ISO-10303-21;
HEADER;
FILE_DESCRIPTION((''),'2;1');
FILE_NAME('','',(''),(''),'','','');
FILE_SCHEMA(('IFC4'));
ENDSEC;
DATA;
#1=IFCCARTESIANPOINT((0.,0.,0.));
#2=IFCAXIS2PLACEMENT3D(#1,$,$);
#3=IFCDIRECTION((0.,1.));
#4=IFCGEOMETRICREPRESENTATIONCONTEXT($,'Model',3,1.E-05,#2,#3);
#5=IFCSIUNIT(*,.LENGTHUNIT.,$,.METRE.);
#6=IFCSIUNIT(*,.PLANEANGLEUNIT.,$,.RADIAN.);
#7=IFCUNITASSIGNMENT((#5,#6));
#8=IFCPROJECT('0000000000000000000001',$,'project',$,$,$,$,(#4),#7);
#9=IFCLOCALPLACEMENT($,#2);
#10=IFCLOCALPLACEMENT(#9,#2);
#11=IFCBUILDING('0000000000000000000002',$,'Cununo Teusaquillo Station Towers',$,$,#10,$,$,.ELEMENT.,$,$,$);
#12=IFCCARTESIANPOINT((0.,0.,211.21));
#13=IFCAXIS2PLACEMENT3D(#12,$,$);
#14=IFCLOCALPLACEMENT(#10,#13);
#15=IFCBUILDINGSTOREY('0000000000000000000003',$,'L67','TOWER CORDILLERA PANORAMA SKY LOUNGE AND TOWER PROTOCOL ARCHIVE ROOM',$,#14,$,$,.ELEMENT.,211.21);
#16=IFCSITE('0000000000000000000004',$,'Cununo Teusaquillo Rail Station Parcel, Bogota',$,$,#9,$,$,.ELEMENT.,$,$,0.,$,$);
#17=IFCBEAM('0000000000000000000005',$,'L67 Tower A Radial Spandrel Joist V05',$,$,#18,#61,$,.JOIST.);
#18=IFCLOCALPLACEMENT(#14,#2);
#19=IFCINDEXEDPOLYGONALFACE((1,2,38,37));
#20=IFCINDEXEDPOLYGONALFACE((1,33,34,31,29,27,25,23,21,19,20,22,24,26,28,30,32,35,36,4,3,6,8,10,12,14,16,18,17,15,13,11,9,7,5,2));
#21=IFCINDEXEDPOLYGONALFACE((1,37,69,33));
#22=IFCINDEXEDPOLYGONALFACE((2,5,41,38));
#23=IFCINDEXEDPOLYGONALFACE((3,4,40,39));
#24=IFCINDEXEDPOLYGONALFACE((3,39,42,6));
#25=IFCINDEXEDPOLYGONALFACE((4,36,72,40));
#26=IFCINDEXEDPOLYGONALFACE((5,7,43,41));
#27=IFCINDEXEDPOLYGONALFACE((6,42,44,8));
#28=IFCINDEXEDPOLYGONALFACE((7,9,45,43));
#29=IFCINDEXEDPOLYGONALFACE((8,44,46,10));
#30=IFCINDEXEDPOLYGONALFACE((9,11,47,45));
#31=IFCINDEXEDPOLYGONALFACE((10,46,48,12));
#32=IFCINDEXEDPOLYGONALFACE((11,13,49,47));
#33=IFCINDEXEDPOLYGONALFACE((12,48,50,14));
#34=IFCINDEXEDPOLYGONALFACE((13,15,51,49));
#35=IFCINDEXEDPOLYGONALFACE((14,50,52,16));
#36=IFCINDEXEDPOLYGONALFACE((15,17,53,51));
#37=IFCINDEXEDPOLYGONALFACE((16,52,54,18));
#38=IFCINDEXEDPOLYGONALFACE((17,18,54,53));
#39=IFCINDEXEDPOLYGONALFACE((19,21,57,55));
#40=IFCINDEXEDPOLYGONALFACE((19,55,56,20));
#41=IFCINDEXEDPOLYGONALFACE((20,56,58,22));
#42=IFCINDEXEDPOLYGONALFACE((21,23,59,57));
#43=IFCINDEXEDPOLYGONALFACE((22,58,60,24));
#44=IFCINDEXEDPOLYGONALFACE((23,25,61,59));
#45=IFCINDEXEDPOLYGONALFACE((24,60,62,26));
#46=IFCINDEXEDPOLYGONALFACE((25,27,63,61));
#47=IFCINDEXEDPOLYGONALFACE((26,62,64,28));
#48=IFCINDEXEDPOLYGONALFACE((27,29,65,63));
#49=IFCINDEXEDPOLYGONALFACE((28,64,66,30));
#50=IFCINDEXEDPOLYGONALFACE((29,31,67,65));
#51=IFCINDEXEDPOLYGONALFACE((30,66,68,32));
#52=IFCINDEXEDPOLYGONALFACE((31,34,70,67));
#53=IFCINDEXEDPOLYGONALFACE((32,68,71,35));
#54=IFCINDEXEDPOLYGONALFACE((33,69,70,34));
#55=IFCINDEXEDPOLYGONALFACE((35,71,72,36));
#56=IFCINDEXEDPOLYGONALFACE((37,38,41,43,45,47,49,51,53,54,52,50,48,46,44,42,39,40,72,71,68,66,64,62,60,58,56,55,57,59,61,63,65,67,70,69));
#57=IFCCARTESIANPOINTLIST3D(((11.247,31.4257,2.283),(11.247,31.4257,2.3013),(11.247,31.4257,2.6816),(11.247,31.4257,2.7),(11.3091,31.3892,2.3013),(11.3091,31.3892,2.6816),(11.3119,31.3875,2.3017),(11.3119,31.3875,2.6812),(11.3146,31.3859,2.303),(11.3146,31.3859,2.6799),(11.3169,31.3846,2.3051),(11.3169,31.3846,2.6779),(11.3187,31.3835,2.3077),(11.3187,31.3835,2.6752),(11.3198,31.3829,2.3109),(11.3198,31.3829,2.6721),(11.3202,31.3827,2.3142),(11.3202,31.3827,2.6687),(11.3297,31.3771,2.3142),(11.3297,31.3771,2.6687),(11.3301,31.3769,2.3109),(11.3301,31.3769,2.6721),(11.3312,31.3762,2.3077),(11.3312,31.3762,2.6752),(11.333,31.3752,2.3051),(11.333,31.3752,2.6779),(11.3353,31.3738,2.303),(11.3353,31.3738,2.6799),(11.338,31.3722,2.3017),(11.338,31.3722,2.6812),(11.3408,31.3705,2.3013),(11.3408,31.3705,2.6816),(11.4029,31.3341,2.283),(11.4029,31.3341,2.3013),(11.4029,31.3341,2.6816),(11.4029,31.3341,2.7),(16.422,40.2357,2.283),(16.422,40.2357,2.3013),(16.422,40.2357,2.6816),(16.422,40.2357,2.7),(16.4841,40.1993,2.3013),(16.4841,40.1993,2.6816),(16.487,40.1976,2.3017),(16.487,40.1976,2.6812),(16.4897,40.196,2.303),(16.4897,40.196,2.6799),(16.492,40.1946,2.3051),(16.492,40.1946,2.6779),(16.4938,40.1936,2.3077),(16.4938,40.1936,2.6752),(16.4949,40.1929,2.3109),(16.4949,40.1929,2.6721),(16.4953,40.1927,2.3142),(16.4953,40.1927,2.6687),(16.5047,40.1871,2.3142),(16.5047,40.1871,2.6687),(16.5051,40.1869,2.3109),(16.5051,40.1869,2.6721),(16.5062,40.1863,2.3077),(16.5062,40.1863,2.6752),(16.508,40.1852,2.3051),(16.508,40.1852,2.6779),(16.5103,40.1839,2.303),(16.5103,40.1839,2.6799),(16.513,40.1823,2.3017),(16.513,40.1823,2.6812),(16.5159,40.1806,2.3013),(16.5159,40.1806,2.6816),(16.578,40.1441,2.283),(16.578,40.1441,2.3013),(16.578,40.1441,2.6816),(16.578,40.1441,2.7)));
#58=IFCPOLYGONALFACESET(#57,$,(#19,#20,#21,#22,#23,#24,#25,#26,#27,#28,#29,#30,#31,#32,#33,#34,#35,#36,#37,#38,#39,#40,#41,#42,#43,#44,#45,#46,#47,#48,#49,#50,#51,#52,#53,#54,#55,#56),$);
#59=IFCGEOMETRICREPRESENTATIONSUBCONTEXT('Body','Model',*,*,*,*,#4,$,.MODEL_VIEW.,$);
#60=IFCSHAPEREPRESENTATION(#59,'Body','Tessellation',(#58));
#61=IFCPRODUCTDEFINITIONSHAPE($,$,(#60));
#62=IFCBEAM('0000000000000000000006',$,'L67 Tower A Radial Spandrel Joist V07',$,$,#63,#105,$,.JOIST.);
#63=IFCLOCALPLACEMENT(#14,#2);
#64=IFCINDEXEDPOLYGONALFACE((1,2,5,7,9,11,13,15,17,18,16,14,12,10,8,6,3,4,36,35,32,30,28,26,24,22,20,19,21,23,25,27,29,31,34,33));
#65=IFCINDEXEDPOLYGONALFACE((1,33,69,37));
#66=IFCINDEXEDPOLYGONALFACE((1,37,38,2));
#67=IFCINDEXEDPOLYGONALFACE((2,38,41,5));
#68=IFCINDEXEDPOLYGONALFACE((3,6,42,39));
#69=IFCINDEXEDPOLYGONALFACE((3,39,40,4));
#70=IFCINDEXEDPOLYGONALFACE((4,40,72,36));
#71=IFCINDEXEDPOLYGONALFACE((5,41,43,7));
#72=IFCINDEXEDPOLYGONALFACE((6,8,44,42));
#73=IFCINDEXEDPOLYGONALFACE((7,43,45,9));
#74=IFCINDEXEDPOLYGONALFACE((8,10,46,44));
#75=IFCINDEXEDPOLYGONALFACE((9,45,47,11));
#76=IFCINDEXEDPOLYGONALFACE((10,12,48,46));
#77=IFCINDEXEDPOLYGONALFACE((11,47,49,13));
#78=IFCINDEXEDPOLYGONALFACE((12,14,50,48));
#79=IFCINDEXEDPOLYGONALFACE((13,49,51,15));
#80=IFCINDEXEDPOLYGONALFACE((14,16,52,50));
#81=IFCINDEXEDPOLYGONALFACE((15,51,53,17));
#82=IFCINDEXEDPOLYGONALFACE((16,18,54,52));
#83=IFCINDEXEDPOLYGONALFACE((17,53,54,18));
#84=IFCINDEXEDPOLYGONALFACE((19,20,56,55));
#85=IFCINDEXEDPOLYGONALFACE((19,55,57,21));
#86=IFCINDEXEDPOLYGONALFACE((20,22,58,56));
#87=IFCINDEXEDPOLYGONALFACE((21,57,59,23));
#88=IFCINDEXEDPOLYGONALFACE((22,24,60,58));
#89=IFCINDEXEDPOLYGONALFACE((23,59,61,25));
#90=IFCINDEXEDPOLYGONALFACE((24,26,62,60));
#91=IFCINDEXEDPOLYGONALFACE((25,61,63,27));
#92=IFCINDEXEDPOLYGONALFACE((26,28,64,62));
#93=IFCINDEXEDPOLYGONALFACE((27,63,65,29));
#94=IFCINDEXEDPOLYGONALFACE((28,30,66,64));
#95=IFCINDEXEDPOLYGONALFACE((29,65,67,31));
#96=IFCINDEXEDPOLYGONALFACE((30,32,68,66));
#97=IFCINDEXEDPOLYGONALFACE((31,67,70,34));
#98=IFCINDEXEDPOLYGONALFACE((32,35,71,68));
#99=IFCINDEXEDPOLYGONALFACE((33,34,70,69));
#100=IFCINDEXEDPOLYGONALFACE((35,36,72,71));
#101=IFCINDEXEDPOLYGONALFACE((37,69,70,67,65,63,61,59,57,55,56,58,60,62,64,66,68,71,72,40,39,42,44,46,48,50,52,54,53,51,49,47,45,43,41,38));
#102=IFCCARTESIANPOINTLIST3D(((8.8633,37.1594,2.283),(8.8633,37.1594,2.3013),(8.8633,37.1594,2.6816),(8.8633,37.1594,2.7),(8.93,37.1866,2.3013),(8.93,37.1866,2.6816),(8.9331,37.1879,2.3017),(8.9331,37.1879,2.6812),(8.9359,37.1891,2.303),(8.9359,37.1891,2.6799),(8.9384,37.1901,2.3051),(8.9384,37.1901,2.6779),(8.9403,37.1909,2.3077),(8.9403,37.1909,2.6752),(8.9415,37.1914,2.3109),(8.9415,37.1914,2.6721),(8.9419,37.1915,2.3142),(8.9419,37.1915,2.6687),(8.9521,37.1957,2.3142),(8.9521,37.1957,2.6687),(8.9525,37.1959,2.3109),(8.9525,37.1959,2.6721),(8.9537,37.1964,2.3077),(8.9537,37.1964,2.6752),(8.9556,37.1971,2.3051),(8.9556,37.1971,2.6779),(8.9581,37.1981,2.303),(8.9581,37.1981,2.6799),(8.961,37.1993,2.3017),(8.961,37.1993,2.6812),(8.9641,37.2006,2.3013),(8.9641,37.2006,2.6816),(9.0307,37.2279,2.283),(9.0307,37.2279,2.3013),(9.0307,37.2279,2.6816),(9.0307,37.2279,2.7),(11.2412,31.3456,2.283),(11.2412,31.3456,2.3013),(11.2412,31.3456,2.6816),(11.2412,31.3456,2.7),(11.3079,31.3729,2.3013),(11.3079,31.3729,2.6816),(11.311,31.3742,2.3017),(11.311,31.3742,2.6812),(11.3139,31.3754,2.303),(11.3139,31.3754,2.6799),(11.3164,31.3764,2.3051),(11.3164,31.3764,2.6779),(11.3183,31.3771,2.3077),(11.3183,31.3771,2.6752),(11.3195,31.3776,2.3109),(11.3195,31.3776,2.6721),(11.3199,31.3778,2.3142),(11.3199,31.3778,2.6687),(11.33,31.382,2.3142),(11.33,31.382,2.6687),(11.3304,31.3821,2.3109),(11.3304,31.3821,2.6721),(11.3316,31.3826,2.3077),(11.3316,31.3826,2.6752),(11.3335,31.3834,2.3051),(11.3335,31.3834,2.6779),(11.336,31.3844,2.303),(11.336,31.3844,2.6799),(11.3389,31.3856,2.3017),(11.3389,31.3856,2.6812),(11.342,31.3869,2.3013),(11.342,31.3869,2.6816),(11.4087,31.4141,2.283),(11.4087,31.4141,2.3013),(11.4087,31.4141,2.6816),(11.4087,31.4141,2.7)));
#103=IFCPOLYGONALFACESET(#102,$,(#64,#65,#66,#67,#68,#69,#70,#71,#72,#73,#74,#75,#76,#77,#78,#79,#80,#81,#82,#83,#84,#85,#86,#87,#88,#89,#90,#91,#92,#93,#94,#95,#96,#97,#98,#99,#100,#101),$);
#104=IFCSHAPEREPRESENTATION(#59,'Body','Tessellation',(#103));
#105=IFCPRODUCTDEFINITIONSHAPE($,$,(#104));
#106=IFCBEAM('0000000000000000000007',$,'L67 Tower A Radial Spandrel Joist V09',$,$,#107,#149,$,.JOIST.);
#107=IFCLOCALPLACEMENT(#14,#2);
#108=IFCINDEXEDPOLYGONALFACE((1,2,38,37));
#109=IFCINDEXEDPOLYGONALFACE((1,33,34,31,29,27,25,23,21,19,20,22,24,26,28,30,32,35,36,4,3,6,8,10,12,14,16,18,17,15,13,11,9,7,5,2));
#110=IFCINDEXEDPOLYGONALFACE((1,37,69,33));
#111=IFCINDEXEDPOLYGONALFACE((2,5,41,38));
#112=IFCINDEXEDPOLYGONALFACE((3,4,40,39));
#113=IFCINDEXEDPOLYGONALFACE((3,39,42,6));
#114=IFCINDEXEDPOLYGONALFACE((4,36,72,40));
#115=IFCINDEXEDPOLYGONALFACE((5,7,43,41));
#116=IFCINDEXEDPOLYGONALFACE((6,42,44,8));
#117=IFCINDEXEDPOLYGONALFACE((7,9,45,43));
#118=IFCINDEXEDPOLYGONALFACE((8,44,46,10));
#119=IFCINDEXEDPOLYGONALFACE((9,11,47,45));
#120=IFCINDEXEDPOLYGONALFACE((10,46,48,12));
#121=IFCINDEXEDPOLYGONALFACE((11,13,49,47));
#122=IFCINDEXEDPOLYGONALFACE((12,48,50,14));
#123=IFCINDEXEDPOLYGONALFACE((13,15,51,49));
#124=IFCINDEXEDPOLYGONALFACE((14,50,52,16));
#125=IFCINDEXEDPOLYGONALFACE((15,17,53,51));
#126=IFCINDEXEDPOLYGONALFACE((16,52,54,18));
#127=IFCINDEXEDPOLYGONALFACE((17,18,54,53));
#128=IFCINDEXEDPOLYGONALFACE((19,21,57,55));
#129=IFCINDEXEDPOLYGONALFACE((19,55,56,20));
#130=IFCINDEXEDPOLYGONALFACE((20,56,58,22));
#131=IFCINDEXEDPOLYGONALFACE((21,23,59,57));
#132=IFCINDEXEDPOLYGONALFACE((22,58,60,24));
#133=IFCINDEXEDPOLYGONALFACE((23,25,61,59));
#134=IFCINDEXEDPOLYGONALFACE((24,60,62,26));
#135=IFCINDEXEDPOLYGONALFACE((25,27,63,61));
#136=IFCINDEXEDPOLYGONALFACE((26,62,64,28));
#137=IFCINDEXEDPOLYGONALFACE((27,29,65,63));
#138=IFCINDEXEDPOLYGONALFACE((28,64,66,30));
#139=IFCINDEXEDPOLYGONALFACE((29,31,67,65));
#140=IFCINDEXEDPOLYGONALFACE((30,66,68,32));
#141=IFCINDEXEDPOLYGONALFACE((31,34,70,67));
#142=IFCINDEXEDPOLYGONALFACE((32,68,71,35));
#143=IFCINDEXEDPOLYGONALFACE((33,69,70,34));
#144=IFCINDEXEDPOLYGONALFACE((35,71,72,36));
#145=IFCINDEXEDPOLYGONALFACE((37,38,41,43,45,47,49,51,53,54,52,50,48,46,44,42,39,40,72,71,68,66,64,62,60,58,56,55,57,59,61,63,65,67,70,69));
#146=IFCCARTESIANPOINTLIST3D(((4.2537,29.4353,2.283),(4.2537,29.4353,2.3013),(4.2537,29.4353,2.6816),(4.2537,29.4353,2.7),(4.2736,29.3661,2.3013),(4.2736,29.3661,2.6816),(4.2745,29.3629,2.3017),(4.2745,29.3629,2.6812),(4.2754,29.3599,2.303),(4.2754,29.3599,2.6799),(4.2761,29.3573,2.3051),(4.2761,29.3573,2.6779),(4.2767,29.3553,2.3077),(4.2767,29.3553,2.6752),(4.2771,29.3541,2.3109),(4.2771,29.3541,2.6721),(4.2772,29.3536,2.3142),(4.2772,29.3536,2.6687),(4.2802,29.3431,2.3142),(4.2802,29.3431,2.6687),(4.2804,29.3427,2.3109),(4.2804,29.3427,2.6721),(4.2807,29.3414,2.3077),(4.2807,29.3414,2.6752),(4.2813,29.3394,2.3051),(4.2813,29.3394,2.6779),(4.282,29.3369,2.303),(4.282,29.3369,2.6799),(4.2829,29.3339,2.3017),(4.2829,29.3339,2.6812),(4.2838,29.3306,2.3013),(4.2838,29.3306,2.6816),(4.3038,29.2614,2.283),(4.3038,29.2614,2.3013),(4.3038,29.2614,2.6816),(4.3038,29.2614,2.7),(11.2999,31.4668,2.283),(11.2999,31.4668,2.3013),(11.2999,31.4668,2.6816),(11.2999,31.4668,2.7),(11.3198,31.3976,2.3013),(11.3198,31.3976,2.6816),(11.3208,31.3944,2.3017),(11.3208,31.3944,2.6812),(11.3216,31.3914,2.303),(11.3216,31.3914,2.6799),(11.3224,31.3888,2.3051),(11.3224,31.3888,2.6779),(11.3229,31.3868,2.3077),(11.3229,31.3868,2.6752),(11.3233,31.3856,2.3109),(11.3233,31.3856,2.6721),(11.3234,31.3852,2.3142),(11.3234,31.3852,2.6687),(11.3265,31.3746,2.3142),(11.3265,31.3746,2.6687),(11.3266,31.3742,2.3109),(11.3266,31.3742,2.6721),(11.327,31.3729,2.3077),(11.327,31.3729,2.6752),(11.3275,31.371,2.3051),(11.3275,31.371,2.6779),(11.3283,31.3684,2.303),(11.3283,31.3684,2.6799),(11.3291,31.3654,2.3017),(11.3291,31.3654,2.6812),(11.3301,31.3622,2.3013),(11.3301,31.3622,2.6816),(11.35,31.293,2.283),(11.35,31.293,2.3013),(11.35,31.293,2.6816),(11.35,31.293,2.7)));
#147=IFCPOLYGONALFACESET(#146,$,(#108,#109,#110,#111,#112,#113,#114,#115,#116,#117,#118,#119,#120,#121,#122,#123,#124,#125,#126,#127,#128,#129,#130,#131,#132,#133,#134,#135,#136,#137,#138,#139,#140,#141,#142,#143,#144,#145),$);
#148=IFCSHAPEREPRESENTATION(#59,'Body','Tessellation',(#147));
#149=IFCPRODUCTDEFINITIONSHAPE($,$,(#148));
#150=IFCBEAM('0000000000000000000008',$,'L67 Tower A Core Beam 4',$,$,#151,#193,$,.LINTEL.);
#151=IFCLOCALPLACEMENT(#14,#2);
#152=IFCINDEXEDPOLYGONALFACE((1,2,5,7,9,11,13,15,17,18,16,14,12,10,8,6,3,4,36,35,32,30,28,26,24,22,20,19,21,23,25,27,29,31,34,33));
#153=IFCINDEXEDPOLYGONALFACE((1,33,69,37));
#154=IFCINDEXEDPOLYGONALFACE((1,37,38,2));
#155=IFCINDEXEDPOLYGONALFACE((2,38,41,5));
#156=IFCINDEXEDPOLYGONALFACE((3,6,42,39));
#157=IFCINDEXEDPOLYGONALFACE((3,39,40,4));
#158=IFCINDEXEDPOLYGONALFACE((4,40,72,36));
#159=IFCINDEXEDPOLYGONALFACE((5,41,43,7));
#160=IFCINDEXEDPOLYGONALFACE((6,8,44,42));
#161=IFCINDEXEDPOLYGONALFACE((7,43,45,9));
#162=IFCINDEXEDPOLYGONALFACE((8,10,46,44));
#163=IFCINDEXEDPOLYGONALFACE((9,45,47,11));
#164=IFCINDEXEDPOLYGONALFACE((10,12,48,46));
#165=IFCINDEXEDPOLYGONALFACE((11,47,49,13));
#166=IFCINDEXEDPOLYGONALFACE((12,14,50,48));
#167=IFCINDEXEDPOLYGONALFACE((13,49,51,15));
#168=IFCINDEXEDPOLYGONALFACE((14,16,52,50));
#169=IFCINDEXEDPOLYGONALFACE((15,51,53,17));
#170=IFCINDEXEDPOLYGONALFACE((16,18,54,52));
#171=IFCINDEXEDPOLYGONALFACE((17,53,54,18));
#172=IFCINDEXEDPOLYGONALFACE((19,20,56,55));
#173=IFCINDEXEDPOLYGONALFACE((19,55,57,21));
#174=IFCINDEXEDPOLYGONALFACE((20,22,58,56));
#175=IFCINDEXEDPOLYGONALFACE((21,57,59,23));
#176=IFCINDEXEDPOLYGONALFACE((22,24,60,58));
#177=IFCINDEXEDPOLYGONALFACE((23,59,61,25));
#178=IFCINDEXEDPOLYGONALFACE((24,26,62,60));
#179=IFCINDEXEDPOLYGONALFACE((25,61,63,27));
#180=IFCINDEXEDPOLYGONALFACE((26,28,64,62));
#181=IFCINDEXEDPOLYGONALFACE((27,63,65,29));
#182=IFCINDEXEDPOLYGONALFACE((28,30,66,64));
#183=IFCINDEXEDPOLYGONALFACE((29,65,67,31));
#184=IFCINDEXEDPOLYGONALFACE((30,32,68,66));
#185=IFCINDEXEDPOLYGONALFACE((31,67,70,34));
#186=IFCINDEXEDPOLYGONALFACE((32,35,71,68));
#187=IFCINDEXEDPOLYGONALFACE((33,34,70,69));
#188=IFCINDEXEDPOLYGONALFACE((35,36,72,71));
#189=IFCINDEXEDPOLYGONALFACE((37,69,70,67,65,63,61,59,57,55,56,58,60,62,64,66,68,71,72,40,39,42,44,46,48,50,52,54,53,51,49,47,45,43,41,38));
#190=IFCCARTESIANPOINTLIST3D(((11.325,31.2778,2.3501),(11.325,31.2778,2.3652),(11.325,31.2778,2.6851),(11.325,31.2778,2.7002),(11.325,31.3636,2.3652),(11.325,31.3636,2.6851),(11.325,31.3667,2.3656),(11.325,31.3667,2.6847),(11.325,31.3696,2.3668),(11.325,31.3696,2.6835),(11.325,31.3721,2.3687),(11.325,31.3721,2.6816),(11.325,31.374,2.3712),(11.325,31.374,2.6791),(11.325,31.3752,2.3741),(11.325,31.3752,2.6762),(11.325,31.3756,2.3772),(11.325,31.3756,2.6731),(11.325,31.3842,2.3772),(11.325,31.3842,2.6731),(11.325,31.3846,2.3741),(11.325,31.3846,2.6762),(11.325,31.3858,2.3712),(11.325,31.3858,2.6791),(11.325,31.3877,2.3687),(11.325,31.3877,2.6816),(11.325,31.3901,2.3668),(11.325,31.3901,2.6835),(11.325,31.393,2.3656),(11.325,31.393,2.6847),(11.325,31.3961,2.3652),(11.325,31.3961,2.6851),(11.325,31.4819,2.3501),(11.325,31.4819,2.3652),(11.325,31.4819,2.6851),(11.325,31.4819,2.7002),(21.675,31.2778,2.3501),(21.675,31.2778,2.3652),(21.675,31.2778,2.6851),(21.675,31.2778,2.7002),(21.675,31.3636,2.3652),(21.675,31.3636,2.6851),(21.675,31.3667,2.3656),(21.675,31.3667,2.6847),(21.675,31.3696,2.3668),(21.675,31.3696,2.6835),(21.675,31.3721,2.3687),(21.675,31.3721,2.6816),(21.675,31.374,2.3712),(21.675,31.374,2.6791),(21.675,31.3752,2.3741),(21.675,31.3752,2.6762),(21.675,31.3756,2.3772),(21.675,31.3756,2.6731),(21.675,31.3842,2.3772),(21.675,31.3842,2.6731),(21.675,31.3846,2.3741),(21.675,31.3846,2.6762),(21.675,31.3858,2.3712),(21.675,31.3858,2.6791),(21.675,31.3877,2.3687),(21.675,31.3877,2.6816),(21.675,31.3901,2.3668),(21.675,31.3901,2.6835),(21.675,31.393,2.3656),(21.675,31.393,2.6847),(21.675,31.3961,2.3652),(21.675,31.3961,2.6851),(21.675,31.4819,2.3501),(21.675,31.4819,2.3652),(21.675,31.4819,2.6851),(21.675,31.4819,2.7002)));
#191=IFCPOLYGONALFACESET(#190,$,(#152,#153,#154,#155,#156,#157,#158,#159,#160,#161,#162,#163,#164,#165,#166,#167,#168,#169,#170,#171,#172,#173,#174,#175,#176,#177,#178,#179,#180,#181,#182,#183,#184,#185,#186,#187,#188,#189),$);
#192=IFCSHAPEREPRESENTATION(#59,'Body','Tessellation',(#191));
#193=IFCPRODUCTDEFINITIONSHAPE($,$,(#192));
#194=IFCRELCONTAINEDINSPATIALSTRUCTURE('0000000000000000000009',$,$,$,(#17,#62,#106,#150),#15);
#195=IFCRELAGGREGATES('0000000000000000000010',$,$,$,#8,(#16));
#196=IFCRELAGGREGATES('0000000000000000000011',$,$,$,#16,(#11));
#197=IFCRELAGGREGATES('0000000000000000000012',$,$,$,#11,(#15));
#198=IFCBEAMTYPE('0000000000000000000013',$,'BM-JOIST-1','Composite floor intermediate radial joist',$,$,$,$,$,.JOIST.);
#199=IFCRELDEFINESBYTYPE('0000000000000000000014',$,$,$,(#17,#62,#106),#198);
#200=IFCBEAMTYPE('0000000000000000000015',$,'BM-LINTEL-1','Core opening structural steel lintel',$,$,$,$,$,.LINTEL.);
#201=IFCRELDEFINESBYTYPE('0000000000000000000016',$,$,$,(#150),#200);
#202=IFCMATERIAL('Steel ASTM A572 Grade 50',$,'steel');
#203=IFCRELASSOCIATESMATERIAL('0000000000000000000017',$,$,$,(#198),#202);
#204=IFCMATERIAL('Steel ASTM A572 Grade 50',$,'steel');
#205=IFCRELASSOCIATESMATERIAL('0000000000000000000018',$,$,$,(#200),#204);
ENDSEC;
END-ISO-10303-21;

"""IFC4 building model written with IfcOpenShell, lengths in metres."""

from ifc_helpers import new_model, si_unit, direction, frame, origin, origin_2d, place, context, subcontext, project, spatial, i_section, extrude, material, material_profile, profile_set, type_object, element, save


model = new_model("IFC4")

# Units and contexts
model_context = context("Model", 3, precision=1e-05, world=origin(), true_north=direction((0.0, 1.0)))
body_context = subcontext(model_context, "Body", "Model", "MODEL_VIEW")
ifc_project = project(units=[si_unit("LENGTHUNIT", "METRE"), si_unit("PLANEANGLEUNIT", "RADIAN")], contexts=[model_context])

# Site, building, storey
site_placement = place(None, origin())
site = spatial("IfcSite", under=ifc_project, at=site_placement, Name="Cununo Teusaquillo Rail Station Parcel, Bogota", CompositionType="ELEMENT", RefElevation=0.0)
building_placement = place(site_placement, origin())
building = spatial("IfcBuilding", under=site, at=building_placement, Name="Cununo Teusaquillo Station Towers", CompositionType="ELEMENT")
storey_placement = place(building_placement, frame((0.0, 0.0, 211.21)))
storey = spatial("IfcBuildingStorey", under=building, at=storey_placement, Name="L67", Description="TOWER CORDILLERA PANORAMA SKY LOUNGE AND TOWER PROTOCOL ARCHIVE ROOM", CompositionType="ELEMENT", Elevation=211.21)

# Beams
ifc_material_1 = material(Name="Steel ASTM A572 Grade 50", Category="steel")
ifc_material_profile_1 = material_profile(ifc_material_1, i_section(OverallWidth=0.1809, OverallDepth=0.417, WebThickness=0.011, FlangeThickness=0.0183, FilletRadius=0.0129, at=origin_2d()), Name="W16X57")
ifc_profile_set_1 = profile_set([ifc_material_profile_1], Name="Steel ASTM A572 Grade 50")
beam_type_1 = type_object("IfcBeamType", Name="BM-JOIST-1", Description="Composite floor intermediate radial joist", PredefinedType="JOIST", material=ifc_profile_set_1)
beam_1_placement = place(storey_placement, frame((11.325, 31.3799, 2.4915), z_axis=(0.506486, 0.862248, 0.0), x_axis=(-0.862248, 0.506486, 0.0)))
element("IfcBeam", 1, at=beam_1_placement, inside=storey, type_object=beam_type_1, Name="L67 Tower A Radial Spandrel Joist V05", PredefinedType="JOIST", context=body_context, shape_type="SweptSolid", body=[
    extrude(i_section(OverallWidth=0.1809, OverallDepth=0.417, WebThickness=0.011, FlangeThickness=0.0183, FilletRadius=0.0129, at=origin_2d()), origin(), (0.0, 0.0, 1.0), 10.2175),
])
beam_2_placement = place(storey_placement, frame((11.325, 31.3799, 2.4915), z_axis=(-0.378577, 0.92557, 0.0), x_axis=(-0.92557, -0.378577, 0.0)))
element("IfcBeam", 2, at=beam_2_placement, inside=storey, type_object=beam_type_1, Name="L67 Tower A Radial Spandrel Joist V07", PredefinedType="JOIST", context=body_context, shape_type="SweptSolid", body=[
    extrude(i_section(OverallWidth=0.1809, OverallDepth=0.417, WebThickness=0.011, FlangeThickness=0.0183, FilletRadius=0.0129, at=origin_2d()), origin(), (0.0, 0.0, 1.0), 6.2812),
])
beam_3_placement = place(storey_placement, frame((11.325, 31.3799, 2.4915), z_axis=(-0.960862, -0.277029, 0.0), x_axis=(0.277029, -0.960862, 0.0)))
element("IfcBeam", 3, at=beam_3_placement, inside=storey, type_object=beam_type_1, Name="L67 Tower A Radial Spandrel Joist V09", PredefinedType="JOIST", context=body_context, shape_type="SweptSolid", body=[
    extrude(i_section(OverallWidth=0.1809, OverallDepth=0.417, WebThickness=0.011, FlangeThickness=0.0183, FilletRadius=0.0129, at=origin_2d()), origin(), (0.0, 0.0, 1.0), 7.3333),
])
ifc_material_2 = material(Name="Steel ASTM A572 Grade 50", Category="steel")
ifc_material_profile_2 = material_profile(ifc_material_2, i_section(OverallWidth=0.2041, OverallDepth=0.3501, WebThickness=0.0085, FlangeThickness=0.0151, FilletRadius=0.012, at=origin_2d()), Name="W14X48")
ifc_profile_set_2 = profile_set([ifc_material_profile_2], Name="Steel ASTM A572 Grade 50")
beam_type_2 = type_object("IfcBeamType", Name="BM-LINTEL-1", Description="Core opening structural steel lintel", PredefinedType="LINTEL", material=ifc_profile_set_2)
beam_4_placement = place(storey_placement, frame((11.325, 31.3799, 2.5251), z_axis=(1.0, 0.0, 0.0), x_axis=(0.0, 1.0, 0.0)))
element("IfcBeam", 4, at=beam_4_placement, inside=storey, type_object=beam_type_2, Name="L67 Tower A Core Beam 4", PredefinedType="LINTEL", context=body_context, shape_type="SweptSolid", body=[
    extrude(i_section(OverallWidth=0.2041, OverallDepth=0.3501, WebThickness=0.0085, FlangeThickness=0.0151, FilletRadius=0.012, at=origin_2d()), origin(), (0.0, 0.0, 1.0), 10.3501),
])

save(model, "model.ifc")
